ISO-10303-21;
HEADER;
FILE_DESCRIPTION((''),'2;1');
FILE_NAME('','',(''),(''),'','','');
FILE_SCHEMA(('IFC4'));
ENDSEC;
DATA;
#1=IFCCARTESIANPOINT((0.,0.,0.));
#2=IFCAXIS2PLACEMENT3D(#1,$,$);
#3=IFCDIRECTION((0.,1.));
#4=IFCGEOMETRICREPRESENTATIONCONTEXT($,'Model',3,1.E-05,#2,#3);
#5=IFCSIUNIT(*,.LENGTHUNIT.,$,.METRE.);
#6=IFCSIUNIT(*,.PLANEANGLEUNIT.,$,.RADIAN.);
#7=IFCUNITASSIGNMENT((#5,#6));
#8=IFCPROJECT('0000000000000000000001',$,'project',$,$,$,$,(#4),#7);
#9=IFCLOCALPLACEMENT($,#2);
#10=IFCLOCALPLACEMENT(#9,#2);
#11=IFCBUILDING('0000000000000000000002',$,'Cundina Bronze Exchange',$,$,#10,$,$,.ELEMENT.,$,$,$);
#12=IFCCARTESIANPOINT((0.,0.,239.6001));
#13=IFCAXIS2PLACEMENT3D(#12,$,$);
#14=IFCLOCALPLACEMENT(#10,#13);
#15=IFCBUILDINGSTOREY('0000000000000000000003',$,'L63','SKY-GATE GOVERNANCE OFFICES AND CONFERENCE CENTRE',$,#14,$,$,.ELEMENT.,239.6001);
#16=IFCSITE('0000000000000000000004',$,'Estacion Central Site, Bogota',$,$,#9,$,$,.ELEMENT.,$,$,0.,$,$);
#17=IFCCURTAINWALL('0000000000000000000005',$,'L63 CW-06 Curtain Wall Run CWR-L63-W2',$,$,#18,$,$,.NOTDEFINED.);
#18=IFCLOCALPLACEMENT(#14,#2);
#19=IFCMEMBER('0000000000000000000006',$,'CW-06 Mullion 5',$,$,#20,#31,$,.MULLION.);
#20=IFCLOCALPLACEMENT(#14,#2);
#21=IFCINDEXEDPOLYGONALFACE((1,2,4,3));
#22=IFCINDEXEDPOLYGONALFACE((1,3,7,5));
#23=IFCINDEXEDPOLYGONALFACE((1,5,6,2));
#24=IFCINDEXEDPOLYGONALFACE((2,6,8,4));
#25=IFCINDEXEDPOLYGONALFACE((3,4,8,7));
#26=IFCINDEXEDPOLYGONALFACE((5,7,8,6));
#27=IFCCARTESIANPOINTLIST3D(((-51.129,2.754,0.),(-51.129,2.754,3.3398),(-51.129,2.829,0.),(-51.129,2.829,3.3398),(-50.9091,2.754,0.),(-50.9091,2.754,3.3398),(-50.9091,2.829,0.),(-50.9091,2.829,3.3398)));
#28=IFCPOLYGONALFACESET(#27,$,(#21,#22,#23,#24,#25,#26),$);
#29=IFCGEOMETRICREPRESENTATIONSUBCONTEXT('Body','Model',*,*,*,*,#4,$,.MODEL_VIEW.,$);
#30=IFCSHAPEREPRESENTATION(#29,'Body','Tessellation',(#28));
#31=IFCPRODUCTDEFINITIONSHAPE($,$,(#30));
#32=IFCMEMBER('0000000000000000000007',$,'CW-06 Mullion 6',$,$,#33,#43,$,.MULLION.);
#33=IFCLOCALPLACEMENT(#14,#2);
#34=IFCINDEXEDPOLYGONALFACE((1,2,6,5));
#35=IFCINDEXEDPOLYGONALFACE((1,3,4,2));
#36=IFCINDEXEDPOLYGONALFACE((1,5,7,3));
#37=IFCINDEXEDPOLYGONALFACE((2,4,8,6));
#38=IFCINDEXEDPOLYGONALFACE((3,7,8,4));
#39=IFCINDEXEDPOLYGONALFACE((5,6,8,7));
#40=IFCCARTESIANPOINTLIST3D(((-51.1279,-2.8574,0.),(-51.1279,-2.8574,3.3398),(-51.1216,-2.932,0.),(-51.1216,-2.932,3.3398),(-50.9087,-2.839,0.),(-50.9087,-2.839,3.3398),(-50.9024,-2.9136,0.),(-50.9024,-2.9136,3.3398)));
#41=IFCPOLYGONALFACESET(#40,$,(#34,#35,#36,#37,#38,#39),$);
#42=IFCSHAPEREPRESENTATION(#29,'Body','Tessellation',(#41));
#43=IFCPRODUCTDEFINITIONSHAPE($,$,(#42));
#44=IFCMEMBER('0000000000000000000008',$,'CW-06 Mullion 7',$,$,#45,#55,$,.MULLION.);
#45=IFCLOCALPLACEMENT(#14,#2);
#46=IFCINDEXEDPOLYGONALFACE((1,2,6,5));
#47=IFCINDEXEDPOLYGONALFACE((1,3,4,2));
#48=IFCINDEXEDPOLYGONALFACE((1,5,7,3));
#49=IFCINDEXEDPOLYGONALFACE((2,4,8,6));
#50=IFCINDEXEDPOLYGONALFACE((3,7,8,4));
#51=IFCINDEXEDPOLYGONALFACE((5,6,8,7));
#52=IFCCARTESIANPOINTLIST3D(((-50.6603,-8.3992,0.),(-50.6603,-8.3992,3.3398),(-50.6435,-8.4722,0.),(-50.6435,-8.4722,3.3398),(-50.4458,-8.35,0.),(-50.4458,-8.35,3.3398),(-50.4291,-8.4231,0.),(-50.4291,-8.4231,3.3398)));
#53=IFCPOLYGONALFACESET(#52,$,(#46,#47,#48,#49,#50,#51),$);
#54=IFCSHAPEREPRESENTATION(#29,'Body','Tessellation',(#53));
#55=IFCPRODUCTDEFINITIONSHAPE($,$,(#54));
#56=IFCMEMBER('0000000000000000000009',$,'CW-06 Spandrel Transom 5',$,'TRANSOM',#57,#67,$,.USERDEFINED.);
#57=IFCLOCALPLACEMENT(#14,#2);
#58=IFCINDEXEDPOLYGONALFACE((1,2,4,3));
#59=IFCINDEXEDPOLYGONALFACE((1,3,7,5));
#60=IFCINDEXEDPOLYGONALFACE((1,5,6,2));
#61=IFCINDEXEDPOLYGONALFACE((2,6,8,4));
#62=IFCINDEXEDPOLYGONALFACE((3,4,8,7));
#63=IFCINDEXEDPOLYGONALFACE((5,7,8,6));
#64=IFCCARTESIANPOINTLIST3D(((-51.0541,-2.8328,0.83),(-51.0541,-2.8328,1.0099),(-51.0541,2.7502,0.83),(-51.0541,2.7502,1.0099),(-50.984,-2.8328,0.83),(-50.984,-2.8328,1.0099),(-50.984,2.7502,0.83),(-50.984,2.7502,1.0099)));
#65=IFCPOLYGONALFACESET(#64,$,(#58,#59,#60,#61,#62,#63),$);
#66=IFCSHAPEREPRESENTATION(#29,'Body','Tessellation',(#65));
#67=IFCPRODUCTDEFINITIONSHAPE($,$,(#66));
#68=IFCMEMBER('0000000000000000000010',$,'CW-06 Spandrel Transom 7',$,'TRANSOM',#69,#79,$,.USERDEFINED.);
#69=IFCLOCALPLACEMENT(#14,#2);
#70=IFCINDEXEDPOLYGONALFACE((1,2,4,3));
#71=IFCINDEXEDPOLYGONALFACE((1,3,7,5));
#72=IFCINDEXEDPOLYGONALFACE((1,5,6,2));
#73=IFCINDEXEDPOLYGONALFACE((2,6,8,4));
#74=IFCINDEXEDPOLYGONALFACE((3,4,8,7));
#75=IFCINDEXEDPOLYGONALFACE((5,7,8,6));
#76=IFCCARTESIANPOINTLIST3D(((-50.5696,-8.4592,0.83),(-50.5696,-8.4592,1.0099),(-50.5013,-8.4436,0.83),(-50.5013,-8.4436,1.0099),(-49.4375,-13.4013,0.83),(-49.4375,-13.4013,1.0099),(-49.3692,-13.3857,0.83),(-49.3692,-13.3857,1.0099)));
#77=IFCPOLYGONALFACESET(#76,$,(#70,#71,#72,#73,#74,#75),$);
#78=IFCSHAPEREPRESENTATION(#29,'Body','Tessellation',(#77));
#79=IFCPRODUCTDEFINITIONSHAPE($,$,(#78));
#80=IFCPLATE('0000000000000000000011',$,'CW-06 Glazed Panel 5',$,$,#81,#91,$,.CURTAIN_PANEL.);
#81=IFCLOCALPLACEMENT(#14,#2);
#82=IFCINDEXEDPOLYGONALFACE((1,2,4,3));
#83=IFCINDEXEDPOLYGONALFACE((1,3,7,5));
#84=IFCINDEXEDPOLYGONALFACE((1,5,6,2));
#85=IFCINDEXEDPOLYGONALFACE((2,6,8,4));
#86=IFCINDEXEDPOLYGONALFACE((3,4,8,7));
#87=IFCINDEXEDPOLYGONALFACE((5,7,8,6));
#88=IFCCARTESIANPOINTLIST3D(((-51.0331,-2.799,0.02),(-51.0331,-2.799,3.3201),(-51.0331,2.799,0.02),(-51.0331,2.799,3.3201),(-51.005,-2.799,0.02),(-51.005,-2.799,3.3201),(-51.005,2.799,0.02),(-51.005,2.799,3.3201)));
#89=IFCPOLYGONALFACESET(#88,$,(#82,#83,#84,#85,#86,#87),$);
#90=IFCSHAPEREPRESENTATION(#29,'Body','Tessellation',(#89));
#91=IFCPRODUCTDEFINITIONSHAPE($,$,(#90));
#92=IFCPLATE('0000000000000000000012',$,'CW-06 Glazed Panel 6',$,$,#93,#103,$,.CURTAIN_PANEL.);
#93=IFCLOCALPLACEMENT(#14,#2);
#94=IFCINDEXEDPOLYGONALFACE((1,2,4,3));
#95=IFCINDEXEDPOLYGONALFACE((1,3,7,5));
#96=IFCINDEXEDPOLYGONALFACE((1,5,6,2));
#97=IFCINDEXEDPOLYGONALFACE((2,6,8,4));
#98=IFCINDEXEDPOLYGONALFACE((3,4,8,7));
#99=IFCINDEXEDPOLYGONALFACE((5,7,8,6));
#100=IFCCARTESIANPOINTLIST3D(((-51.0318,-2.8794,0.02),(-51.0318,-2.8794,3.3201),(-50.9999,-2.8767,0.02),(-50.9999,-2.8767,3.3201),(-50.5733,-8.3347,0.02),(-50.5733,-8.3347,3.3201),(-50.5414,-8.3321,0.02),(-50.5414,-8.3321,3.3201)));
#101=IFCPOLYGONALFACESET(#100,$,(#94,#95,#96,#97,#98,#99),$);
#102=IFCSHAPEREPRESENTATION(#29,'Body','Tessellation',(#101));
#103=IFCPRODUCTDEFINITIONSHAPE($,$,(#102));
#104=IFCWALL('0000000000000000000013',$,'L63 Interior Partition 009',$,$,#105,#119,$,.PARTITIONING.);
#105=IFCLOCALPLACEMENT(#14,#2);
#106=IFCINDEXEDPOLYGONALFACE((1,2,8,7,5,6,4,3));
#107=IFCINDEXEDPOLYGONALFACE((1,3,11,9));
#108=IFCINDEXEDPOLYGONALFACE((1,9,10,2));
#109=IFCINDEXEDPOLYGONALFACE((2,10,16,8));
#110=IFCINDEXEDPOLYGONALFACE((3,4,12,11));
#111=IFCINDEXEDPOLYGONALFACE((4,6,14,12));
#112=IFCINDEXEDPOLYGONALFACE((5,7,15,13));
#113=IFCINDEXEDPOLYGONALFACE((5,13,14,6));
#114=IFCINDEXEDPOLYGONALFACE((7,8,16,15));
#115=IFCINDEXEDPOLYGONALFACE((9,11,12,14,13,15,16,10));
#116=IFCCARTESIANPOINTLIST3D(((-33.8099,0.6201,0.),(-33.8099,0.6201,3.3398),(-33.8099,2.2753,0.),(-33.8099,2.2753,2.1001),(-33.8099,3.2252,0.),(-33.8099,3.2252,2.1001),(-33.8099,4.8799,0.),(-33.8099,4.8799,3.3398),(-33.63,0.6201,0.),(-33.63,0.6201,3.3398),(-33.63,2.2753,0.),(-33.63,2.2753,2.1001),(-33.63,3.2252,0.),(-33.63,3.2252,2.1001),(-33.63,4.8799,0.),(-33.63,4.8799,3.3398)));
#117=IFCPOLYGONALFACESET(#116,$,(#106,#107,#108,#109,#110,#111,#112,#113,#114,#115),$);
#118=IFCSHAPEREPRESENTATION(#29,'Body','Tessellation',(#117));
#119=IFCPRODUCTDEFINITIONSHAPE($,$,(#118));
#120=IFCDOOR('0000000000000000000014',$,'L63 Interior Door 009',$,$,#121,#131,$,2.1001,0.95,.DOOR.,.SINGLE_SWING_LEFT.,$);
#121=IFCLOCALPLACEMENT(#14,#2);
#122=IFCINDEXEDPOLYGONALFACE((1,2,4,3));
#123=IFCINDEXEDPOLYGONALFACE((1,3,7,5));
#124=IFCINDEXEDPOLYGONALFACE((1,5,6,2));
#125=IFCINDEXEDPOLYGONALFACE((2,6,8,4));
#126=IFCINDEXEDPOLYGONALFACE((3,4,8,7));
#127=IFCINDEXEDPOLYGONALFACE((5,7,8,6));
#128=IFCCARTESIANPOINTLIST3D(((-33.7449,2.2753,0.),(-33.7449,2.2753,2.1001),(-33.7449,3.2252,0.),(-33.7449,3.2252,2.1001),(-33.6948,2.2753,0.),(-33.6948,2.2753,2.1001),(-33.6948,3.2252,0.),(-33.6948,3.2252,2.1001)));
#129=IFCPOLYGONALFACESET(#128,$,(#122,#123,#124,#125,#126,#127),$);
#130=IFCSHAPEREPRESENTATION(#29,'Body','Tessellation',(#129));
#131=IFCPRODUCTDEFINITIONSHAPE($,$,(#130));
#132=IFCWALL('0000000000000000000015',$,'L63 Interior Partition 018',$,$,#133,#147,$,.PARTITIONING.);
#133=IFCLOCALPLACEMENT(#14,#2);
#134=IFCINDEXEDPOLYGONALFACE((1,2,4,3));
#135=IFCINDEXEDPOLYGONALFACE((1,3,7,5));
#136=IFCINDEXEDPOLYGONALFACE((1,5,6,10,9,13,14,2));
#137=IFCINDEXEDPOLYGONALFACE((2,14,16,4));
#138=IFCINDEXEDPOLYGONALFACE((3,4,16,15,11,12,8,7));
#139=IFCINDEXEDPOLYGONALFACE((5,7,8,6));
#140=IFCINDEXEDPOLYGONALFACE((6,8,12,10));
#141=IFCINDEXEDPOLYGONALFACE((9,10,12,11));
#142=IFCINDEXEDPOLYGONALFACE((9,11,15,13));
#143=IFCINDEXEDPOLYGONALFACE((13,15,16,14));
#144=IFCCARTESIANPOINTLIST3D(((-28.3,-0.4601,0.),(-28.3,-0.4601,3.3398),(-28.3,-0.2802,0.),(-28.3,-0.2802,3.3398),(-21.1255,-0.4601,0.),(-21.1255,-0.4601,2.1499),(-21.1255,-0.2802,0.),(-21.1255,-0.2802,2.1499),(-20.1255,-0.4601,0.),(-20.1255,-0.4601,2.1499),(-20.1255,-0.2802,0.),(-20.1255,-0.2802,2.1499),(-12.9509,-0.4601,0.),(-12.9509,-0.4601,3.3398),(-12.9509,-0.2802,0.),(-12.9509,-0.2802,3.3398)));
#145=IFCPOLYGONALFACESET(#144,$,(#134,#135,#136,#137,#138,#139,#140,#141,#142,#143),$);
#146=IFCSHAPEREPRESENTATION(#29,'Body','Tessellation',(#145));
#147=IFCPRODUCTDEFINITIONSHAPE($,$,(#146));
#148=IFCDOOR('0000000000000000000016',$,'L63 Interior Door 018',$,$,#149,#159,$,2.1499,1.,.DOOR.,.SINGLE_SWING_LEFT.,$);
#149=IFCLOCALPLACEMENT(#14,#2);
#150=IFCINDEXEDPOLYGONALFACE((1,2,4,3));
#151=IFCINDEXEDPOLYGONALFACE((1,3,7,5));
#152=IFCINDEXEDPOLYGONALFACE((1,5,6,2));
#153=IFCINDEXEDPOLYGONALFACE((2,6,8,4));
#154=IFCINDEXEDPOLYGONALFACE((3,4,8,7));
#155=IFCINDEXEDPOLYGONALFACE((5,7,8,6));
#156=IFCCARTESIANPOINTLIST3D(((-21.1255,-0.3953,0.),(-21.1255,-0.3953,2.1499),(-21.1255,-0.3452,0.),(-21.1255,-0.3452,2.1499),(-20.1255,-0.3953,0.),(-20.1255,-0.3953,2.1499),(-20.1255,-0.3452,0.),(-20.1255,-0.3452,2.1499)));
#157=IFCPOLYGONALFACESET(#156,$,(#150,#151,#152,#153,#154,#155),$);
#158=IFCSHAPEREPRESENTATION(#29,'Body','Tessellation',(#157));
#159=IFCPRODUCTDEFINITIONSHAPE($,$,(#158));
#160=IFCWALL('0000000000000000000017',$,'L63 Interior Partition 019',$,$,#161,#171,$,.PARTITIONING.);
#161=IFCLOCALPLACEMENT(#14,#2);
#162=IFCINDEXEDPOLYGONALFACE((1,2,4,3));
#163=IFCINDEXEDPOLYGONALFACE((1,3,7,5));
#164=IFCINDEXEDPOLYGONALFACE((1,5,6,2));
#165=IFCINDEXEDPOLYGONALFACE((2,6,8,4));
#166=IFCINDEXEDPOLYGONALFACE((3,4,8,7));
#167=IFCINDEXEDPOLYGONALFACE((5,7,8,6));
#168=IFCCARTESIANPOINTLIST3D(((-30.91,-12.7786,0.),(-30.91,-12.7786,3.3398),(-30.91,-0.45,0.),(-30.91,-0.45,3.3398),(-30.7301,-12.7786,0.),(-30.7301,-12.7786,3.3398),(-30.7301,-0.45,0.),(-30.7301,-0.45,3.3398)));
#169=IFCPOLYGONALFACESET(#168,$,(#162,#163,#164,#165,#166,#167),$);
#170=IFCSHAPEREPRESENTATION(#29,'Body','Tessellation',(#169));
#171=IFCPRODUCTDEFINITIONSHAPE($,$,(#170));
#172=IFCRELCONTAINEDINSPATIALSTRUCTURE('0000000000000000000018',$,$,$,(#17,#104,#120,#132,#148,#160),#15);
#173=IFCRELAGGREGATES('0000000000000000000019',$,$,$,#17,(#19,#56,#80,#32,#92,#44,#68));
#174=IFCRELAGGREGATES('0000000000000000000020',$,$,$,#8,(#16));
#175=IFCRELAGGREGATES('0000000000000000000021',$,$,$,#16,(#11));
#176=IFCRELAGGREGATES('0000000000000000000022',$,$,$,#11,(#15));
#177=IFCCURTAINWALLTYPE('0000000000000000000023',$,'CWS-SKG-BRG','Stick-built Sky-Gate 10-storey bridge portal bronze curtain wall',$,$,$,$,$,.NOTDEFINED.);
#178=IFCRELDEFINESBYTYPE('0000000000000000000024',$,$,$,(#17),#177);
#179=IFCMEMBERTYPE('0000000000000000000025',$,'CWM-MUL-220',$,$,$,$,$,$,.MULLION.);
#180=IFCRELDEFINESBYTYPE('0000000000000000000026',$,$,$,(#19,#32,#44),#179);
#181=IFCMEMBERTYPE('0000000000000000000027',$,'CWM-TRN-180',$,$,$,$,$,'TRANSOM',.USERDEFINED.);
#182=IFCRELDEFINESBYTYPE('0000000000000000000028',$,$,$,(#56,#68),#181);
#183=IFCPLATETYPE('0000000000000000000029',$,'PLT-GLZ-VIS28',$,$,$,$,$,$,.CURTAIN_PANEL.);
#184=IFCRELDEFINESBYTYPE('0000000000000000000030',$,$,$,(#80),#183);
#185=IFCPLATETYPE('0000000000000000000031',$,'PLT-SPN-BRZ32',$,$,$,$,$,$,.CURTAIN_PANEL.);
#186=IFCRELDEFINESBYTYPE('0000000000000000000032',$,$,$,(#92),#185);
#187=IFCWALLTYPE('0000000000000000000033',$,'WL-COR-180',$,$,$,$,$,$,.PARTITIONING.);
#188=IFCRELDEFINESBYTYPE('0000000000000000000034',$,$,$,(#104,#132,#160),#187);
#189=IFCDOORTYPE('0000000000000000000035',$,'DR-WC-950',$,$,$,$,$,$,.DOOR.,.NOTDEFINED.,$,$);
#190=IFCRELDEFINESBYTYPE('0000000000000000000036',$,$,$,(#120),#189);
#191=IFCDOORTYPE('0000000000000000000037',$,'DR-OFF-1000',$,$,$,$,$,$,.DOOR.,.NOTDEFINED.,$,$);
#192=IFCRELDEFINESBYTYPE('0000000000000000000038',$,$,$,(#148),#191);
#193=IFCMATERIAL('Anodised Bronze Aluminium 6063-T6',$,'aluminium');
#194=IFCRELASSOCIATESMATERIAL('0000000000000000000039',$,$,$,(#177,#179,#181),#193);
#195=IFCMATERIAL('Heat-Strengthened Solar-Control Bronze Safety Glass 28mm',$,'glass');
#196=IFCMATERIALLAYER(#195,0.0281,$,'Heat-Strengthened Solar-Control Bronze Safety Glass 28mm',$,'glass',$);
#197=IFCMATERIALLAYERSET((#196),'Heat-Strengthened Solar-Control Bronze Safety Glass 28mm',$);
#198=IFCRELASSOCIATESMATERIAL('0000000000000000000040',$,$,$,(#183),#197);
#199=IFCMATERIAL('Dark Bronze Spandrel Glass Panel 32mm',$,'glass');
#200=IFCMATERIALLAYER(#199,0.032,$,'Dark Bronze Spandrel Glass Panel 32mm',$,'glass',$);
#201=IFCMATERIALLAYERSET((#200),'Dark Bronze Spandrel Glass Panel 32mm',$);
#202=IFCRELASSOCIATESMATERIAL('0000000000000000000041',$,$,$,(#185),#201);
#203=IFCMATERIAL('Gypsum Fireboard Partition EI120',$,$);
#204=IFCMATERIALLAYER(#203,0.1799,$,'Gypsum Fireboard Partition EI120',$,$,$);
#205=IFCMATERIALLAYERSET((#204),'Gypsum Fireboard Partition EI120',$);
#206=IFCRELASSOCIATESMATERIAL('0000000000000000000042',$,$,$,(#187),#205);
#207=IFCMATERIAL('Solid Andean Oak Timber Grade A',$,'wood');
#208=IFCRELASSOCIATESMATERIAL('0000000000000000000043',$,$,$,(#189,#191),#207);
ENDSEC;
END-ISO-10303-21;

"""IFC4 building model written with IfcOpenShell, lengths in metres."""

from ifc_helpers import new_model, si_unit, direction, frame, frame_2d, origin, origin_2d, place, context, subcontext, project, spatial, rectangle, extrude, material, layer, layer_set, material_profile, profile_set, type_object, element, fill, aggregate, save


model = new_model("IFC4")

# Units and contexts
model_context = context("Model", 3, precision=1e-05, world=origin(), true_north=direction((0.0, 1.0)))
body_context = subcontext(model_context, "Body", "Model", "MODEL_VIEW")
ifc_project = project(units=[si_unit("LENGTHUNIT", "METRE"), si_unit("PLANEANGLEUNIT", "RADIAN")], contexts=[model_context])

# Site, building, storey
site_placement = place(None, origin())
site = spatial("IfcSite", under=ifc_project, at=site_placement, Name="Estacion Central Site, Bogota", CompositionType="ELEMENT", RefElevation=0.0)
building_placement = place(site_placement, origin())
building = spatial("IfcBuilding", under=site, at=building_placement, Name="Cundina Bronze Exchange", CompositionType="ELEMENT")
storey_placement = place(building_placement, frame((0.0, 0.0, 239.6001)))
storey = spatial("IfcBuildingStorey", under=building, at=storey_placement, Name="L63", Description="SKY-GATE GOVERNANCE OFFICES AND CONFERENCE CENTRE", CompositionType="ELEMENT", Elevation=239.6001)

# Curtain wall, members, plates
ifc_material_1 = material(Name="Anodised Bronze Aluminium 6063-T6", Category="aluminium")
curtain_wall_type = type_object("IfcCurtainWallType", Name="CWS-SKG-BRG", Description="Stick-built Sky-Gate 10-storey bridge portal bronze curtain wall", PredefinedType="NOTDEFINED", material=ifc_material_1)
curtain_wall_placement = place(storey_placement, origin())
curtain_wall = element("IfcCurtainWall", 1, at=curtain_wall_placement, inside=storey, type_object=curtain_wall_type, Name="L63 CW-06 Curtain Wall Run CWR-L63-W2", PredefinedType="NOTDEFINED")
ifc_material_profile_1 = material_profile(ifc_material_1, rectangle(XDim=0.075, YDim=0.22, at=origin_2d()), Name="AL75X220", Category="aluminium")
ifc_profile_set_1 = profile_set([ifc_material_profile_1], Name="Anodised Bronze Aluminium 6063-T6")
member_type_1 = type_object("IfcMemberType", Name="CWM-MUL-220", PredefinedType="MULLION", material=ifc_profile_set_1)
member_1_placement = place(storey_placement, frame((-51.019, 2.7915, 0.0), z_axis=(0.0, 0.0, 1.0), x_axis=(0.0, -1.0, 0.0)))
member_1 = element("IfcMember", 2, at=member_1_placement, type_object=member_type_1, Name="CW-06 Mullion 5", PredefinedType="MULLION", context=body_context, shape_type="SweptSolid", body=[
    extrude(rectangle(XDim=0.075, YDim=0.22, at=origin_2d()), origin(), (0.0, 0.0, 1.0), 3.3398),
])
member_2_placement = place(storey_placement, frame((-51.0151, -2.8855, 0.0), z_axis=(0.0, 0.0, 1.0), x_axis=(0.083678, -0.996493, 0.0)))
member_2 = element("IfcMember", 3, at=member_2_placement, type_object=member_type_1, Name="CW-06 Mullion 6", PredefinedType="MULLION", context=body_context, shape_type="SweptSolid", body=[
    extrude(rectangle(XDim=0.075, YDim=0.22, at=origin_2d()), origin(), (0.0, 0.0, 1.0), 3.3398),
])
member_3_placement = place(storey_placement, frame((-50.5447, -8.4111, 0.0), z_axis=(0.0, 0.0, 1.0), x_axis=(0.22325, -0.974761, 0.0)))
member_3 = element("IfcMember", 4, at=member_3_placement, type_object=member_type_1, Name="CW-06 Mullion 7", PredefinedType="MULLION", context=body_context, shape_type="SweptSolid", body=[
    extrude(rectangle(XDim=0.075, YDim=0.22, at=origin_2d()), origin(), (0.0, 0.0, 1.0), 3.3398),
])
ifc_material_profile_2 = material_profile(ifc_material_1, rectangle(XDim=0.0701, YDim=0.1799, at=origin_2d()), Name="AL70X180", Category="aluminium")
ifc_profile_set_2 = profile_set([ifc_material_profile_2], Name="Anodised Bronze Aluminium 6063-T6")
member_type_2 = type_object("IfcMemberType", Name="CWM-TRN-180", ElementType="TRANSOM", PredefinedType="USERDEFINED", material=ifc_profile_set_2)
member_4_placement = place(storey_placement, frame((-51.019, 2.7502, 0.9199), z_axis=(0.0, -1.0, 0.0), x_axis=(1.0, 0.0, 0.0)))
member_4 = element("IfcMember", 5, at=member_4_placement, type_object=member_type_2, Name="CW-06 Spandrel Transom 5", ObjectType="TRANSOM", PredefinedType="USERDEFINED", context=body_context, shape_type="SweptSolid", body=[
    extrude(rectangle(XDim=0.0701, YDim=0.1799, at=origin_2d()), origin(), (0.0, 0.0, 1.0), 5.583),
])
member_5_placement = place(storey_placement, frame((-50.5354, -8.4514, 0.9199), z_axis=(0.223284, -0.974754, 0.0), x_axis=(0.974754, 0.223284, 0.0)))
member_5 = element("IfcMember", 6, at=member_5_placement, type_object=member_type_2, Name="CW-06 Spandrel Transom 7", ObjectType="TRANSOM", PredefinedType="USERDEFINED", context=body_context, shape_type="SweptSolid", body=[
    extrude(rectangle(XDim=0.0701, YDim=0.1799, at=origin_2d()), origin(), (0.0, 0.0, 1.0), 5.0701),
])
ifc_material_2 = material(Name="Heat-Strengthened Solar-Control Bronze Safety Glass 28mm", Category="glass")
ifc_layer_1 = layer(ifc_material_2, 0.0281, Name="Heat-Strengthened Solar-Control Bronze Safety Glass 28mm", Category="glass")
ifc_layer_set_1 = layer_set([ifc_layer_1], Name="Heat-Strengthened Solar-Control Bronze Safety Glass 28mm")
plate_type_1 = type_object("IfcPlateType", Name="PLT-GLZ-VIS28", PredefinedType="CURTAIN_PANEL", material=ifc_layer_set_1)
plate_1_placement = place(storey_placement, frame((-51.019, 0.0, 0.02), z_axis=(0.0, 0.0, 1.0), x_axis=(0.0, -1.0, 0.0)))
plate_1 = element("IfcPlate", 7, at=plate_1_placement, type_object=plate_type_1, Name="CW-06 Glazed Panel 5", PredefinedType="CURTAIN_PANEL", context=body_context, shape_type="SweptSolid", body=[
    extrude(rectangle(XDim=5.5979, YDim=0.0281, at=origin_2d()), origin(), (0.0, 0.0, 1.0), 3.3),
])
ifc_material_3 = material(Name="Dark Bronze Spandrel Glass Panel 32mm", Category="glass")
ifc_layer_2 = layer(ifc_material_3, 0.032, Name="Dark Bronze Spandrel Glass Panel 32mm", Category="glass")
ifc_layer_set_2 = layer_set([ifc_layer_2], Name="Dark Bronze Spandrel Glass Panel 32mm")
plate_type_2 = type_object("IfcPlateType", Name="PLT-SPN-BRZ32", PredefinedType="CURTAIN_PANEL", material=ifc_layer_set_2)
plate_2_placement = place(storey_placement, frame((-50.7866, -5.6057, 0.02), z_axis=(0.0, 0.0, 1.0), x_axis=(0.083747, -0.996487, 0.0)))
plate_2 = element("IfcPlate", 8, at=plate_2_placement, type_object=plate_type_2, Name="CW-06 Glazed Panel 6", PredefinedType="CURTAIN_PANEL", context=body_context, shape_type="SweptSolid", body=[
    extrude(rectangle(XDim=5.4746, YDim=0.032, at=origin_2d()), origin(), (0.0, 0.0, 1.0), 3.3),
])
aggregate(curtain_wall, [member_1, member_4, plate_1, member_2, plate_2, member_3, member_5])

# Walls, openings, doors
ifc_material_4 = material(Name="Gypsum Fireboard Partition EI120")
ifc_layer_3 = layer(ifc_material_4, 0.1799, Name="Gypsum Fireboard Partition EI120")
ifc_layer_set_3 = layer_set([ifc_layer_3], Name="Gypsum Fireboard Partition EI120")
wall_type_1 = type_object("IfcWallType", Name="WL-COR-180", PredefinedType="PARTITIONING", material=ifc_layer_set_3)
wall_1_placement = place(storey_placement, frame((-33.72, 0.6201, 0.0), z_axis=(0.0, 0.0, 1.0), x_axis=(0.0, 1.0, 0.0)))
wall_1 = element("IfcWall", 9, at=wall_1_placement, inside=storey, type_object=wall_type_1, Name="L63 Interior Partition 009", PredefinedType="PARTITIONING", context=body_context, shape_type="SweptSolid", body=[
    extrude(rectangle(XDim=4.2598, YDim=0.1799, at=frame_2d((2.1299, 0.0))), origin(), (0.0, 0.0, 1.0), 3.3398),
])
opening_1_placement = place(wall_1_placement, frame((1.655, 0.0, 0.0)))
opening_1 = element("IfcOpeningElement", 10, at=opening_1_placement, cuts=wall_1, PredefinedType="OPENING", context=body_context, shape_type="SweptSolid", body=[
    extrude(rectangle(XDim=0.95, YDim=2.1001, at=frame_2d((0.4751, 1.05))), frame((0.0, 0.0999, 0.0), z_axis=(0.0, -1.0, 0.0), x_axis=(1.0, 0.0, 0.0)), (0.0, 0.0, 1.0), 0.2),
])
ifc_material_5 = material(Name="Solid Andean Oak Timber Grade A", Category="wood")
door_type_1 = type_object("IfcDoorType", Name="DR-WC-950", OperationType="NOTDEFINED", PredefinedType="DOOR", material=ifc_material_5)
door_1_placement = place(opening_1_placement, origin())
door_1 = element("IfcDoor", 11, at=door_1_placement, inside=storey, type_object=door_type_1, Name="L63 Interior Door 009", OperationType="SINGLE_SWING_LEFT", OverallHeight=2.1001, OverallWidth=0.95, PredefinedType="DOOR", context=body_context, shape_type="SweptSolid", body=[
    extrude(rectangle(XDim=0.95, YDim=2.1001, at=frame_2d((0.4751, 1.05))), frame((0.0, 0.0249, 0.0), z_axis=(0.0, -1.0, 0.0), x_axis=(1.0, 0.0, 0.0)), (0.0, 0.0, 1.0), 0.05),
])
fill(opening_1, door_1)
wall_2_placement = place(storey_placement, frame((-28.3, -0.3701, 0.0), z_axis=(0.0, 0.0, 1.0), x_axis=(1.0, 0.0, 0.0)))
wall_2 = element("IfcWall", 12, at=wall_2_placement, inside=storey, type_object=wall_type_1, Name="L63 Interior Partition 018", PredefinedType="PARTITIONING", context=body_context, shape_type="SweptSolid", body=[
    extrude(rectangle(XDim=15.3491, YDim=0.1799, at=frame_2d((7.6746, 0.0))), origin(), (0.0, 0.0, 1.0), 3.3398),
])
opening_2_placement = place(wall_2_placement, frame((7.1746, 0.0, 0.0)))
opening_2 = element("IfcOpeningElement", 13, at=opening_2_placement, cuts=wall_2, PredefinedType="OPENING", context=body_context, shape_type="SweptSolid", body=[
    extrude(rectangle(XDim=1.0, YDim=2.1499, at=frame_2d((0.5, 1.075))), frame((0.0, 0.0999, 0.0), z_axis=(0.0, -1.0, 0.0), x_axis=(1.0, 0.0, 0.0)), (0.0, 0.0, 1.0), 0.2),
])
door_type_2 = type_object("IfcDoorType", Name="DR-OFF-1000", OperationType="NOTDEFINED", PredefinedType="DOOR", material=ifc_material_5)
door_2_placement = place(opening_2_placement, origin())
door_2 = element("IfcDoor", 14, at=door_2_placement, inside=storey, type_object=door_type_2, Name="L63 Interior Door 018", OperationType="SINGLE_SWING_LEFT", OverallHeight=2.1499, OverallWidth=1.0, PredefinedType="DOOR", context=body_context, shape_type="SweptSolid", body=[
    extrude(rectangle(XDim=1.0, YDim=2.1499, at=frame_2d((0.5, 1.075))), frame((0.0, 0.0249, 0.0), z_axis=(0.0, -1.0, 0.0), x_axis=(1.0, 0.0, 0.0)), (0.0, 0.0, 1.0), 0.05),
])
fill(opening_2, door_2)

# Wall
wall_3_placement = place(storey_placement, frame((-30.8201, -0.45, 0.0), z_axis=(0.0, 0.0, 1.0), x_axis=(0.0, -1.0, 0.0)))
element("IfcWall", 15, at=wall_3_placement, inside=storey, type_object=wall_type_1, Name="L63 Interior Partition 019", PredefinedType="PARTITIONING", context=body_context, shape_type="SweptSolid", body=[
    extrude(rectangle(XDim=12.3286, YDim=0.1799, at=frame_2d((6.1643, 0.0))), origin(), (0.0, 0.0, 1.0), 3.3398),
])

save(model, "model.ifc")
